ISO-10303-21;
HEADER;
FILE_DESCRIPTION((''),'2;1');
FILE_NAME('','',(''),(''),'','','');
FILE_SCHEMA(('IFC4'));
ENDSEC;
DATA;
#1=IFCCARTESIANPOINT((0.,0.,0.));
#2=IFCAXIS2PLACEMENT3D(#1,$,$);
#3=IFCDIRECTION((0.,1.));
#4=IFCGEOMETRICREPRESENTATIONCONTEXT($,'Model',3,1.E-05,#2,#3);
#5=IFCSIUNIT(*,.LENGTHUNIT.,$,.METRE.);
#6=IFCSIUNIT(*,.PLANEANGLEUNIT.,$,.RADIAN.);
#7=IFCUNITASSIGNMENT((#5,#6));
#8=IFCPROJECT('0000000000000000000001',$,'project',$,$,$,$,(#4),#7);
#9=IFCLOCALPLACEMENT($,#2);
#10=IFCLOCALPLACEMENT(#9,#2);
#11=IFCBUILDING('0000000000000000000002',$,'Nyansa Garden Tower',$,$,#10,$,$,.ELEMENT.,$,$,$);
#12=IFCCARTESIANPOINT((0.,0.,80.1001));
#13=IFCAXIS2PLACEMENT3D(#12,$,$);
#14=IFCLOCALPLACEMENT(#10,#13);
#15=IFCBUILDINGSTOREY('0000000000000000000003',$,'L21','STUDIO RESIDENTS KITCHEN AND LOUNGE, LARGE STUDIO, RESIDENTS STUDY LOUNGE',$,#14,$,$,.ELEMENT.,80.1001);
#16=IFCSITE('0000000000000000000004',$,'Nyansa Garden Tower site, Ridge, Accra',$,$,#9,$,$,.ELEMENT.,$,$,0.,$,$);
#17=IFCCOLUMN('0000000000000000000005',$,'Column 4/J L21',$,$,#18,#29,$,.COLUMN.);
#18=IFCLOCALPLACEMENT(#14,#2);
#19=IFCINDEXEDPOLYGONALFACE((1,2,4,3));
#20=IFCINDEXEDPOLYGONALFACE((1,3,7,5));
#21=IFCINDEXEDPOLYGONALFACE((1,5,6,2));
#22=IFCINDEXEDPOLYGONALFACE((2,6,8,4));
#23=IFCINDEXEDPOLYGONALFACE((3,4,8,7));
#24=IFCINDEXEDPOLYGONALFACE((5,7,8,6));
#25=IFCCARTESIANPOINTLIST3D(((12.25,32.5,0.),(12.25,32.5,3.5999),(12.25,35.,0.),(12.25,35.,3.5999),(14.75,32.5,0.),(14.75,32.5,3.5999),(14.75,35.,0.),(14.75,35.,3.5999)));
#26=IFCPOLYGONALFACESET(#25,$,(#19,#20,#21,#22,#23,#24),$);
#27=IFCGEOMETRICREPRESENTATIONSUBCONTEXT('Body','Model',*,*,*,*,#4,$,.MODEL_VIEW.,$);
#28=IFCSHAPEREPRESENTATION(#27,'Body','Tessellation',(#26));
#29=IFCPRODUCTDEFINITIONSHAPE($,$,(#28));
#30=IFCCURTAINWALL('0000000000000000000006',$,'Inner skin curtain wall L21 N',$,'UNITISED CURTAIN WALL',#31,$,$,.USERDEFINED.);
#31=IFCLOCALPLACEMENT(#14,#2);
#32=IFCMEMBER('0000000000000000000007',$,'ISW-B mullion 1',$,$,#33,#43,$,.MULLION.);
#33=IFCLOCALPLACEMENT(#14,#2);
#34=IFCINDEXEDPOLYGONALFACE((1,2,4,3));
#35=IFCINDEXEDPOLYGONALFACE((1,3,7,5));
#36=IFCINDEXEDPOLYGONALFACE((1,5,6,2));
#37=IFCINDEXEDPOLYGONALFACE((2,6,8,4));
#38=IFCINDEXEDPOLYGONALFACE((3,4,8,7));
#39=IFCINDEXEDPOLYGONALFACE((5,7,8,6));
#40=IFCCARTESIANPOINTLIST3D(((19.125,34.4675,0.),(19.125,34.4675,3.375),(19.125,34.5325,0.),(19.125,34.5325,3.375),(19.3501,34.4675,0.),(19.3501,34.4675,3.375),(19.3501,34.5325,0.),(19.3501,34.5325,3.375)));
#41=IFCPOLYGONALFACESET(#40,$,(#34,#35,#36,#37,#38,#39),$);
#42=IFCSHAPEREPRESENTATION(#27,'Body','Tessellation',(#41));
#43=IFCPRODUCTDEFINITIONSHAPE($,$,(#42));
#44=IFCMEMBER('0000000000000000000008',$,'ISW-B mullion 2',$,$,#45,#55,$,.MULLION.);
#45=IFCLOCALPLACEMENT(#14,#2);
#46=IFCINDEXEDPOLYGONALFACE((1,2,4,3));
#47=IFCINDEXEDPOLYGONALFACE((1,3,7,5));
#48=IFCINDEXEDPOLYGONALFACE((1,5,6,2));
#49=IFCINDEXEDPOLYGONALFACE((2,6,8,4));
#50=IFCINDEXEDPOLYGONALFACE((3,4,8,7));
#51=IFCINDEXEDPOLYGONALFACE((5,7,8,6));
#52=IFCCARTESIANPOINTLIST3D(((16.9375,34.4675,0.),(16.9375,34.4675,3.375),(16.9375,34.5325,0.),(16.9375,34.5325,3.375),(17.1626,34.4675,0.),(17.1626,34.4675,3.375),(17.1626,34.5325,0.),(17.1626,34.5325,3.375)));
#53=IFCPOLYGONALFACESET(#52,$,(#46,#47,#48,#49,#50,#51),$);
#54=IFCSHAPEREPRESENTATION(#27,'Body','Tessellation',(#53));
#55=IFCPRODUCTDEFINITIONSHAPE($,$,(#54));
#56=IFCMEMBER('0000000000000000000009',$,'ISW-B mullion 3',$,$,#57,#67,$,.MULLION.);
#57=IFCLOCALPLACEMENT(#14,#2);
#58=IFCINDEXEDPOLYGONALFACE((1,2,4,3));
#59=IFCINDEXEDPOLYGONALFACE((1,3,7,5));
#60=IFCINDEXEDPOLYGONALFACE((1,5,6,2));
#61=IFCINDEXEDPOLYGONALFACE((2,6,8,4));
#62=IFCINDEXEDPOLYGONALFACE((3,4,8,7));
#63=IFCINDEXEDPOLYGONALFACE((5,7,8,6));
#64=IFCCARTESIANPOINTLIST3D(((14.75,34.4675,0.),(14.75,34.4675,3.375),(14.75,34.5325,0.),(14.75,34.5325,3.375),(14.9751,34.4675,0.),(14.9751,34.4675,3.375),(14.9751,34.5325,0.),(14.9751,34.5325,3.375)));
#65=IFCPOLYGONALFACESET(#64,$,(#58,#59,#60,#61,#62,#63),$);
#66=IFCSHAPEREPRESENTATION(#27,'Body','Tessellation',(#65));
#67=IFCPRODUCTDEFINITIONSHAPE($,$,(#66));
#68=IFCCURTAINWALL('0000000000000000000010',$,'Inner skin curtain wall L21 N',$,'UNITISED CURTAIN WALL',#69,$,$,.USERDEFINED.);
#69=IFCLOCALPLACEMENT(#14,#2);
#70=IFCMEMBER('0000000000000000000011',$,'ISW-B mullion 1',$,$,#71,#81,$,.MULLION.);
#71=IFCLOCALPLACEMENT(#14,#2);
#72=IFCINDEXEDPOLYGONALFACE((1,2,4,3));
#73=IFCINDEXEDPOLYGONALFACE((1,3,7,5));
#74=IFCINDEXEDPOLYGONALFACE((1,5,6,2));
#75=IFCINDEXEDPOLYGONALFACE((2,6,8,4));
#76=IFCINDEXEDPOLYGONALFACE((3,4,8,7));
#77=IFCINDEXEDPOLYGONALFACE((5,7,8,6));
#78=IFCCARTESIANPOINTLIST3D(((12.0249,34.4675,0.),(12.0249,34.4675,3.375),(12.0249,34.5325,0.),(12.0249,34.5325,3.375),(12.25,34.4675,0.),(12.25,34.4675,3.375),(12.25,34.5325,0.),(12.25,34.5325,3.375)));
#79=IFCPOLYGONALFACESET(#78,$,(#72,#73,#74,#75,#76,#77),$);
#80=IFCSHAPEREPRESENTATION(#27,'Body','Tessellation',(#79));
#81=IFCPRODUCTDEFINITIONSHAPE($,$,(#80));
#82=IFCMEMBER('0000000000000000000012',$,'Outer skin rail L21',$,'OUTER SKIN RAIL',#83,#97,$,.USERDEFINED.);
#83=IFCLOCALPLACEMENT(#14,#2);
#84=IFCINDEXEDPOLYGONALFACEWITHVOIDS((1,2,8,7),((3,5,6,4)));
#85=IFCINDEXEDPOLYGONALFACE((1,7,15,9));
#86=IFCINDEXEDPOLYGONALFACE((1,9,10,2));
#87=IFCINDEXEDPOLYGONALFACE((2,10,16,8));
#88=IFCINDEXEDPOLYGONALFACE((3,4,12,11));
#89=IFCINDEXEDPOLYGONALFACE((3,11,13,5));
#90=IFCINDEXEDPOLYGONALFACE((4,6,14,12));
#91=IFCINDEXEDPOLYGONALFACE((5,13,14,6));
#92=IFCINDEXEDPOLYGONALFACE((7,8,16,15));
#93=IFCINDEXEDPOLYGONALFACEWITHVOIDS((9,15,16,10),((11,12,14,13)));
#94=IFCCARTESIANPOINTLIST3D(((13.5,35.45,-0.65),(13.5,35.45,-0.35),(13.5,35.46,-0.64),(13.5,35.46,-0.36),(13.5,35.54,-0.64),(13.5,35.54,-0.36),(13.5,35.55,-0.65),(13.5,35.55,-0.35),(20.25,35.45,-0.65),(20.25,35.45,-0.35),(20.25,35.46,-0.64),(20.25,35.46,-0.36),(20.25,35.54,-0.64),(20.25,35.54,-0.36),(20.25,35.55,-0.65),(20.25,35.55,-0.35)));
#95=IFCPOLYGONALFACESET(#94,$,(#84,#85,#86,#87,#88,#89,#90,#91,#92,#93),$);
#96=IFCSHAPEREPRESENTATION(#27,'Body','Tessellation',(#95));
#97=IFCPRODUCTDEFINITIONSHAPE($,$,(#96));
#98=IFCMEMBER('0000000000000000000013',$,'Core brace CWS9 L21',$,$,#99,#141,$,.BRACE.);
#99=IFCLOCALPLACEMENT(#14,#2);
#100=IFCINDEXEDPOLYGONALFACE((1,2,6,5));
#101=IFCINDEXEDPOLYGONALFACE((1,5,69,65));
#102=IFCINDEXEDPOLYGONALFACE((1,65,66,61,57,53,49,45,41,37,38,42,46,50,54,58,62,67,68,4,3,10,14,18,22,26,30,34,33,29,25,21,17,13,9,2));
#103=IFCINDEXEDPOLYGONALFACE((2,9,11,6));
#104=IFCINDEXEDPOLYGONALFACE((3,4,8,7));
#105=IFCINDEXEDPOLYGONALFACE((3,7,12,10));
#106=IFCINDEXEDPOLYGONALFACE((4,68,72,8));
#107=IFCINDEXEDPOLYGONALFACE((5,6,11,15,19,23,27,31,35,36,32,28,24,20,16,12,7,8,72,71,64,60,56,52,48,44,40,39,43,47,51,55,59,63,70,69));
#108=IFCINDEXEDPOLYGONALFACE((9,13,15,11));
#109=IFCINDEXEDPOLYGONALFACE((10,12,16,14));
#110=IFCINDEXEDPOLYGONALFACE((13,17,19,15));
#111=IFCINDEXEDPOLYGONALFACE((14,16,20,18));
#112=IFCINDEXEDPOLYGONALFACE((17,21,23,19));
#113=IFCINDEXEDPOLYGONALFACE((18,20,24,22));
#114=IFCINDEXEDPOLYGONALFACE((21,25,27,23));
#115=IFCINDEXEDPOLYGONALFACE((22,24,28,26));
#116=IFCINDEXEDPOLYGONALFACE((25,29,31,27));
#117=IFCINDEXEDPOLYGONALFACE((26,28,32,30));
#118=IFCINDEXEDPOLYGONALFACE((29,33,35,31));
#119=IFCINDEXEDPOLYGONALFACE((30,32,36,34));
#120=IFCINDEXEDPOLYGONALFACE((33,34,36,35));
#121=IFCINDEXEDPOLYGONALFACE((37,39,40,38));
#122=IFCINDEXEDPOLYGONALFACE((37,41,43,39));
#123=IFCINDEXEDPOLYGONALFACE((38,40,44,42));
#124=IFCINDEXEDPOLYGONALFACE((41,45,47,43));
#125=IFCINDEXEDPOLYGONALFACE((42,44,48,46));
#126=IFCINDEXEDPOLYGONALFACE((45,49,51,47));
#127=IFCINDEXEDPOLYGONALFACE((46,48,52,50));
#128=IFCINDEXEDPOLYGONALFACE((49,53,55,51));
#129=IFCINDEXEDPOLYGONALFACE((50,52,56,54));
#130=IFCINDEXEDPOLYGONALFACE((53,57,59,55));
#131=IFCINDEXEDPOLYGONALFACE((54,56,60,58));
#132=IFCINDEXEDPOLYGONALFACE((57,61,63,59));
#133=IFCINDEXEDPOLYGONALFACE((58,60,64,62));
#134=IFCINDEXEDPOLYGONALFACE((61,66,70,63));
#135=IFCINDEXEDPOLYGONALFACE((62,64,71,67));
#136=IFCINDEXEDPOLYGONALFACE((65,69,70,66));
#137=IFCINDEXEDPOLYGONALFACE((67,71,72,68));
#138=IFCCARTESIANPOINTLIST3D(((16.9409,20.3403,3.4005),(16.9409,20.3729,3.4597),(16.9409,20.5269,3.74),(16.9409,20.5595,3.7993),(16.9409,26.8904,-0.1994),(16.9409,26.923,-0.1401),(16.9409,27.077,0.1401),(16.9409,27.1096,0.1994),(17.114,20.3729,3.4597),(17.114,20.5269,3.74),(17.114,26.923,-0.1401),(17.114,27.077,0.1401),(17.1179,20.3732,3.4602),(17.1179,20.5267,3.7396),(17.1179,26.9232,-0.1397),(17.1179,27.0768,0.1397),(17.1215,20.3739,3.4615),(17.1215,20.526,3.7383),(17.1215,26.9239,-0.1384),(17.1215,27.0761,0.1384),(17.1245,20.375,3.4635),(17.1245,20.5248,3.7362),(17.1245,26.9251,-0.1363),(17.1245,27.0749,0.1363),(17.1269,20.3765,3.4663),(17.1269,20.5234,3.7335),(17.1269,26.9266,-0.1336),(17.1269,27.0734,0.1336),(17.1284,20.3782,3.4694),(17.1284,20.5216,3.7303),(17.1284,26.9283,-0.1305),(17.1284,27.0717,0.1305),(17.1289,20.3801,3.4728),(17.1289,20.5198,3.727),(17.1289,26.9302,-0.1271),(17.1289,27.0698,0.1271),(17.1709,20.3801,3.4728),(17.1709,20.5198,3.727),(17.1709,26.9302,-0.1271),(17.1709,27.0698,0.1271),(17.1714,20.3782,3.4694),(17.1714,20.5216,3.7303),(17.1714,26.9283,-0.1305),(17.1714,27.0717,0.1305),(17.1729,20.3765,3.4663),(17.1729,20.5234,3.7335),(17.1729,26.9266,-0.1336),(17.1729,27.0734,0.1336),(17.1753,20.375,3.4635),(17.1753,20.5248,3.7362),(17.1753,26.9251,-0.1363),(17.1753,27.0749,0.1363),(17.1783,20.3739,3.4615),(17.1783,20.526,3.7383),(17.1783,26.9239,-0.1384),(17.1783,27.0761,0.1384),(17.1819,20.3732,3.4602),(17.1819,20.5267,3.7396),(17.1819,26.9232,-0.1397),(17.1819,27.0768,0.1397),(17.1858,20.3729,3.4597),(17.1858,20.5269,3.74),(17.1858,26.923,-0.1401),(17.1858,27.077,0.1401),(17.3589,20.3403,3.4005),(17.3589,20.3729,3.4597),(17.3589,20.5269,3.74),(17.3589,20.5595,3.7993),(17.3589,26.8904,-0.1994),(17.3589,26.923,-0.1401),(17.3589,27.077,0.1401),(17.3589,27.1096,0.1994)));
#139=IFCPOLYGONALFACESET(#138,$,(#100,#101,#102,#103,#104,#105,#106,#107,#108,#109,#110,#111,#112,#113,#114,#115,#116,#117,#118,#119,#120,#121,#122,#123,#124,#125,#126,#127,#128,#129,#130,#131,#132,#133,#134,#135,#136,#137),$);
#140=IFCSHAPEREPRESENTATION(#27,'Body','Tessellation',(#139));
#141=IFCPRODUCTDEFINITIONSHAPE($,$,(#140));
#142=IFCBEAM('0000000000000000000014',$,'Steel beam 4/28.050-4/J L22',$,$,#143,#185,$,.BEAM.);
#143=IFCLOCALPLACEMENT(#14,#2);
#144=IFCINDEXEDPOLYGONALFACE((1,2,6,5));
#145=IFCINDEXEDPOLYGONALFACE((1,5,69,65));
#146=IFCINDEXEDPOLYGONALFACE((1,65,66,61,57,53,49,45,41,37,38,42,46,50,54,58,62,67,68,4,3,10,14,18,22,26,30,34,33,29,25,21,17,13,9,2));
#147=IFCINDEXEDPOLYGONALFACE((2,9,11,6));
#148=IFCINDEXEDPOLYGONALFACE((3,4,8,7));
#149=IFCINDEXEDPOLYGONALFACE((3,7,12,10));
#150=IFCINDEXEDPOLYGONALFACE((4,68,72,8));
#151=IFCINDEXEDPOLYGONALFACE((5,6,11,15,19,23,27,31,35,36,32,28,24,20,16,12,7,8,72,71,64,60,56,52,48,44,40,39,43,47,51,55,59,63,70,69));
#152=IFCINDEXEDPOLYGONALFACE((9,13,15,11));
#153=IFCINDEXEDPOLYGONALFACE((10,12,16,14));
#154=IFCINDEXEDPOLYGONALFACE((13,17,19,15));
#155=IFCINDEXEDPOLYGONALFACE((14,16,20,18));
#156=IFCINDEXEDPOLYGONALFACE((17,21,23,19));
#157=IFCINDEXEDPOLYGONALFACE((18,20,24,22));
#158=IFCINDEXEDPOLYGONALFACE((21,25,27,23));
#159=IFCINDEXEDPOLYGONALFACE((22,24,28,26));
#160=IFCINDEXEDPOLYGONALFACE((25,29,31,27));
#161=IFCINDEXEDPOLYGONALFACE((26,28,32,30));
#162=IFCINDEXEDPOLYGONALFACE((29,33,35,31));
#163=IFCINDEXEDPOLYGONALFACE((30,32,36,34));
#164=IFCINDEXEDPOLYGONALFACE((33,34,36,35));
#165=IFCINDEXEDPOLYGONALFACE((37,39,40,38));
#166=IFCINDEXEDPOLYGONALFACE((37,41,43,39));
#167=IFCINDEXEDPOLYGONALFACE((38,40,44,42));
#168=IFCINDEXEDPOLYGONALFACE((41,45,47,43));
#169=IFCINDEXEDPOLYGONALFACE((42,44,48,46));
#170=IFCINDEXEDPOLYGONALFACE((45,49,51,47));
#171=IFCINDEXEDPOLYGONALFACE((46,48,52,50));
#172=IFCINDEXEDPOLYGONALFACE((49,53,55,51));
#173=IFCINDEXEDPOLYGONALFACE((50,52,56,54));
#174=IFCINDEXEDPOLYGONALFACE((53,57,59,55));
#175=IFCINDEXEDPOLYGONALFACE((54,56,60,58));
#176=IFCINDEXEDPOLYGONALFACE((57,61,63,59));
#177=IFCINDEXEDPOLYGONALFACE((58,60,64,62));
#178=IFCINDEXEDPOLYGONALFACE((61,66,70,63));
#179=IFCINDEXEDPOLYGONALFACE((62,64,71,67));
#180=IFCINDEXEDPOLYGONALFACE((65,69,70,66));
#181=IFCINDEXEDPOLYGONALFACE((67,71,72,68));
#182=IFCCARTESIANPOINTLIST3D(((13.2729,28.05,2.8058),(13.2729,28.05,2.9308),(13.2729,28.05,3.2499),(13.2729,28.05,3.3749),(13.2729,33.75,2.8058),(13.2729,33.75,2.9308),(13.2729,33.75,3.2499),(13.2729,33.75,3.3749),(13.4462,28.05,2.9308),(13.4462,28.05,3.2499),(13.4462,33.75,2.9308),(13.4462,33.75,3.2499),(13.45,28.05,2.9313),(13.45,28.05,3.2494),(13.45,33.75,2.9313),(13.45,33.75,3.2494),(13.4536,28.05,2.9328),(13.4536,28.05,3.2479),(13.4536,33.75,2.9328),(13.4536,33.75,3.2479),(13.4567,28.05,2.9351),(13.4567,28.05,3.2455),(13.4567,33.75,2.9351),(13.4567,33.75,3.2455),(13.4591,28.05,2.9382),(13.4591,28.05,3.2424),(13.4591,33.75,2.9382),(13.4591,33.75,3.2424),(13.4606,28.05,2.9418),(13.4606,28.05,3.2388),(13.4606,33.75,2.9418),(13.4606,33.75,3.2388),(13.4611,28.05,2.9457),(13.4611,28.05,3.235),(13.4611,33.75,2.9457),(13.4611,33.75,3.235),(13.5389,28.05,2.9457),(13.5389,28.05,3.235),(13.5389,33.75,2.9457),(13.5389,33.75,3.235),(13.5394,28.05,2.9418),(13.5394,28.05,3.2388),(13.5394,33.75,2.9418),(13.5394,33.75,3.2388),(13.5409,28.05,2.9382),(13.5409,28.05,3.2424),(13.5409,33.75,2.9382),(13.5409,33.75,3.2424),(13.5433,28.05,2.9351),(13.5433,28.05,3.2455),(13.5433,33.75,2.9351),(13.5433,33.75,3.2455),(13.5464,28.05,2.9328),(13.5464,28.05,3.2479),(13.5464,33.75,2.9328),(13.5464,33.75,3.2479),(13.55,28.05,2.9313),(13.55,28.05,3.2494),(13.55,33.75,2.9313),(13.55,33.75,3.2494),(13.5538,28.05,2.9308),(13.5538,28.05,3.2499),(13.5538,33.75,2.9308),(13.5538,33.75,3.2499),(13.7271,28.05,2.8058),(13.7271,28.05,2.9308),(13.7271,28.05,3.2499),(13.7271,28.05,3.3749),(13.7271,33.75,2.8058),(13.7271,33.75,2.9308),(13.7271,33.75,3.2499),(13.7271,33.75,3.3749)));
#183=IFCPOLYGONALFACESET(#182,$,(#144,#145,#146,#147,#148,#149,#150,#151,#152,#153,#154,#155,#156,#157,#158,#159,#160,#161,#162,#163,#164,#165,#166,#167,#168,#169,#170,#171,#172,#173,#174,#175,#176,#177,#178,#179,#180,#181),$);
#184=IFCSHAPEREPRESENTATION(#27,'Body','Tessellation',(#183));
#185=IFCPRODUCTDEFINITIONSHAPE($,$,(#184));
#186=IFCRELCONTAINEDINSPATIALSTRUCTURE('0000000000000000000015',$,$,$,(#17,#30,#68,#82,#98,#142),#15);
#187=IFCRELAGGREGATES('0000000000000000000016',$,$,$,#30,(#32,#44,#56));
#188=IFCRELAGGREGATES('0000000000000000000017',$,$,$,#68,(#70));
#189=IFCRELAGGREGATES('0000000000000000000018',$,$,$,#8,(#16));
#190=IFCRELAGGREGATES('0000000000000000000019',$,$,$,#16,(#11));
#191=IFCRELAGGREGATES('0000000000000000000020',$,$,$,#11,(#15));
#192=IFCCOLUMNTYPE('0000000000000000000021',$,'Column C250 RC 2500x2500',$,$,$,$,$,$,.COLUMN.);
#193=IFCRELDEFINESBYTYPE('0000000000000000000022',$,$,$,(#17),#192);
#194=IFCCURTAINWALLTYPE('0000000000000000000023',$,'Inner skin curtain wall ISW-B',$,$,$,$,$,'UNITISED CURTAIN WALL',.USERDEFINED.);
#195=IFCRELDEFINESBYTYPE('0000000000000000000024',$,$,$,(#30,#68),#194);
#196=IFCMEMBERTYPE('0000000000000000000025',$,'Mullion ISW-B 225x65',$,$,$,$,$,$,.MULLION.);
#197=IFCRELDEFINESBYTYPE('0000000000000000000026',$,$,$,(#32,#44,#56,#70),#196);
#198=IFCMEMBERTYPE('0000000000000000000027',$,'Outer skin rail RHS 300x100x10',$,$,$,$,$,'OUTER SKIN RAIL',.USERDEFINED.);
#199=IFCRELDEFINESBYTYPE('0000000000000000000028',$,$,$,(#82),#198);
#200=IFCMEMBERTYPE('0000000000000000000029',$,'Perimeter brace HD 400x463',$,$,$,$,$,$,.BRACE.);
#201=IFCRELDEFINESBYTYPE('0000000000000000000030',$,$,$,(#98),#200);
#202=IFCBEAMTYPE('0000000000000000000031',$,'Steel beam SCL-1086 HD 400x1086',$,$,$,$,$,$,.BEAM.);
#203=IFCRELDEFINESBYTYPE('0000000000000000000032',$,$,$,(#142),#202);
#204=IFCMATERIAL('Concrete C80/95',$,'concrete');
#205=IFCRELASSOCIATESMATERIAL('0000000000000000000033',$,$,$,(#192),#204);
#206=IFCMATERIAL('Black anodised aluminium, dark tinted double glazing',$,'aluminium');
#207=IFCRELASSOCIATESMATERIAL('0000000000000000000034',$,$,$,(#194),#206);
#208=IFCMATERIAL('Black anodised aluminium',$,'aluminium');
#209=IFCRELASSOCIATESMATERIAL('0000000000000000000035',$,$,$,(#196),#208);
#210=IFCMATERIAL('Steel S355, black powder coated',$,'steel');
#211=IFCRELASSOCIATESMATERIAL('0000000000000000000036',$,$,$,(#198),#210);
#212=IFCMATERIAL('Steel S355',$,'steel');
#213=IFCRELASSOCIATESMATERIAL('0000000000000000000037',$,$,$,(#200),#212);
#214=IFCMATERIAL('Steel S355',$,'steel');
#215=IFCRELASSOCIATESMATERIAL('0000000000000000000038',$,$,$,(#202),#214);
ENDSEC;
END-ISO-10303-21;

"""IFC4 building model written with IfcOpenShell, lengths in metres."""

from ifc_helpers import new_model, si_unit, direction, frame, origin, origin_2d, place, context, subcontext, project, spatial, rectangle, hollow_rectangle, i_section, extrude, material, material_profile, profile_set, type_object, element, aggregate, save


model = new_model("IFC4")

# Units and contexts
model_context = context("Model", 3, precision=1e-05, world=origin(), true_north=direction((0.0, 1.0)))
body_context = subcontext(model_context, "Body", "Model", "MODEL_VIEW")
ifc_project = project(units=[si_unit("LENGTHUNIT", "METRE"), si_unit("PLANEANGLEUNIT", "RADIAN")], contexts=[model_context])

# Site, building, storey
site_placement = place(None, origin())
site = spatial("IfcSite", under=ifc_project, at=site_placement, Name="Nyansa Garden Tower site, Ridge, Accra", CompositionType="ELEMENT", RefElevation=0.0)
building_placement = place(site_placement, origin())
building = spatial("IfcBuilding", under=site, at=building_placement, Name="Nyansa Garden Tower", CompositionType="ELEMENT")
storey_placement = place(building_placement, frame((0.0, 0.0, 80.1001)))
storey = spatial("IfcBuildingStorey", under=building, at=storey_placement, Name="L21", Description="STUDIO RESIDENTS KITCHEN AND LOUNGE, LARGE STUDIO, RESIDENTS STUDY LOUNGE", CompositionType="ELEMENT", Elevation=80.1001)

# Column
ifc_material_1 = material(Name="Concrete C80/95", Category="concrete")
ifc_material_profile_1 = material_profile(ifc_material_1, rectangle(XDim=2.5, YDim=2.5, at=origin_2d()), Name="RC 2500x2500")
ifc_profile_set_1 = profile_set([ifc_material_profile_1], Name="Concrete C80/95")
column_type = type_object("IfcColumnType", Name="Column C250 RC 2500x2500", PredefinedType="COLUMN", material=ifc_profile_set_1)
column_placement = place(storey_placement, frame((13.5, 33.75, 0.0), z_axis=(0.0, 0.0, 1.0), x_axis=(1.0, 0.0, 0.0)))
element("IfcColumn", 1, at=column_placement, inside=storey, type_object=column_type, Name="Column 4/J L21", PredefinedType="COLUMN", context=body_context, shape_type="SweptSolid", body=[
    extrude(rectangle(XDim=2.5, YDim=2.5, at=origin_2d()), origin(), (0.0, 0.0, 1.0), 3.5999),
])

# Curtain wall, members
ifc_material_2 = material(Name="Black anodised aluminium, dark tinted double glazing", Category="aluminium")
curtain_wall_type = type_object("IfcCurtainWallType", Name="Inner skin curtain wall ISW-B", ElementType="UNITISED CURTAIN WALL", PredefinedType="USERDEFINED", material=ifc_material_2)
curtain_wall_1_placement = place(storey_placement, origin())
curtain_wall_1 = element("IfcCurtainWall", 2, at=curtain_wall_1_placement, inside=storey, type_object=curtain_wall_type, Name="Inner skin curtain wall L21 N", ObjectType="UNITISED CURTAIN WALL", PredefinedType="USERDEFINED")
ifc_material_3 = material(Name="Black anodised aluminium", Category="aluminium")
ifc_material_profile_2 = material_profile(ifc_material_3, rectangle(XDim=0.0649, YDim=0.2251, at=origin_2d()), Name="Mullion 225x65")
ifc_profile_set_2 = profile_set([ifc_material_profile_2], Name="Black anodised aluminium")
member_type_1 = type_object("IfcMemberType", Name="Mullion ISW-B 225x65", PredefinedType="MULLION", material=ifc_profile_set_2)
member_1_placement = place(storey_placement, frame((19.2375, 34.5, 0.0), z_axis=(0.0, 0.0, 1.0), x_axis=(0.0, -1.0, 0.0)))
member_1 = element("IfcMember", 3, at=member_1_placement, type_object=member_type_1, Name="ISW-B mullion 1", PredefinedType="MULLION", context=body_context, shape_type="SweptSolid", body=[
    extrude(rectangle(XDim=0.0649, YDim=0.2251, at=origin_2d()), origin(), (0.0, 0.0, 1.0), 3.375),
])
member_2_placement = place(storey_placement, frame((17.05, 34.5, 0.0), z_axis=(0.0, 0.0, 1.0), x_axis=(0.0, -1.0, 0.0)))
member_2 = element("IfcMember", 4, at=member_2_placement, type_object=member_type_1, Name="ISW-B mullion 2", PredefinedType="MULLION", context=body_context, shape_type="SweptSolid", body=[
    extrude(rectangle(XDim=0.0649, YDim=0.2251, at=origin_2d()), origin(), (0.0, 0.0, 1.0), 3.375),
])
member_3_placement = place(storey_placement, frame((14.8625, 34.5, 0.0), z_axis=(0.0, 0.0, 1.0), x_axis=(0.0, -1.0, 0.0)))
member_3 = element("IfcMember", 5, at=member_3_placement, type_object=member_type_1, Name="ISW-B mullion 3", PredefinedType="MULLION", context=body_context, shape_type="SweptSolid", body=[
    extrude(rectangle(XDim=0.0649, YDim=0.2251, at=origin_2d()), origin(), (0.0, 0.0, 1.0), 3.375),
])

# Curtain wall, member
curtain_wall_2_placement = place(storey_placement, origin())
curtain_wall_2 = element("IfcCurtainWall", 6, at=curtain_wall_2_placement, inside=storey, type_object=curtain_wall_type, Name="Inner skin curtain wall L21 N", ObjectType="UNITISED CURTAIN WALL", PredefinedType="USERDEFINED")
member_4_placement = place(storey_placement, frame((12.1375, 34.5, 0.0), z_axis=(0.0, 0.0, 1.0), x_axis=(0.0, -1.0, 0.0)))
member_4 = element("IfcMember", 7, at=member_4_placement, type_object=member_type_1, Name="ISW-B mullion 1", PredefinedType="MULLION", context=body_context, shape_type="SweptSolid", body=[
    extrude(rectangle(XDim=0.0649, YDim=0.2251, at=origin_2d()), origin(), (0.0, 0.0, 1.0), 3.375),
])

# Members
ifc_material_4 = material(Name="Steel S355, black powder coated", Category="steel")
ifc_material_profile_3 = material_profile(ifc_material_4, hollow_rectangle(XDim=0.1001, YDim=0.3, WallThickness=0.01, at=origin_2d()), Name="RHS 300x100x10")
ifc_profile_set_3 = profile_set([ifc_material_profile_3], Name="Steel S355, black powder coated")
member_type_2 = type_object("IfcMemberType", Name="Outer skin rail RHS 300x100x10", ElementType="OUTER SKIN RAIL", PredefinedType="USERDEFINED", material=ifc_profile_set_3)
member_5_placement = place(storey_placement, frame((13.5, 35.5, -0.5), z_axis=(1.0, 0.0, 0.0), x_axis=(0.0, 1.0, 0.0)))
element("IfcMember", 8, at=member_5_placement, inside=storey, type_object=member_type_2, Name="Outer skin rail L21", ObjectType="OUTER SKIN RAIL", PredefinedType="USERDEFINED", context=body_context, shape_type="SweptSolid", body=[
    extrude(hollow_rectangle(XDim=0.1001, YDim=0.3, WallThickness=0.01, at=origin_2d()), origin(), (0.0, 0.0, 1.0), 6.75),
])
ifc_material_5 = material(Name="Steel S355", Category="steel")
ifc_material_profile_4 = material_profile(ifc_material_5, i_section(OverallWidth=0.418, OverallDepth=0.4551, WebThickness=0.042, FlangeThickness=0.0676, FilletRadius=0.0149, at=origin_2d()), Name="HD 400x463")
ifc_profile_set_4 = profile_set([ifc_material_profile_4], Name="Steel S355")
member_type_3 = type_object("IfcMemberType", Name="Perimeter brace HD 400x463", PredefinedType="BRACE", material=ifc_profile_set_4)
member_6_placement = place(storey_placement, frame((17.1499, 27.0, 0.0), z_axis=(0.0, -0.876367, 0.481644), x_axis=(1.0, 0.0, 0.0)))
element("IfcMember", 9, at=member_6_placement, inside=storey, type_object=member_type_3, Name="Core brace CWS9 L21", PredefinedType="BRACE", context=body_context, shape_type="SweptSolid", body=[
    extrude(i_section(OverallWidth=0.418, OverallDepth=0.4551, WebThickness=0.042, FlangeThickness=0.0676, FilletRadius=0.0149, at=origin_2d()), origin(), (0.0, 0.0, 1.0), 7.4741),
])

# Beam
ifc_material_6 = material(Name="Steel S355", Category="steel")
ifc_material_profile_5 = material_profile(ifc_material_6, i_section(OverallWidth=0.4541, OverallDepth=0.5691, WebThickness=0.0779, FlangeThickness=0.125, FilletRadius=0.0149, at=origin_2d()), Name="HD 400x1086")
ifc_profile_set_5 = profile_set([ifc_material_profile_5], Name="Steel S355")
beam_type_1 = type_object("IfcBeamType", Name="Steel beam SCL-1086 HD 400x1086", PredefinedType="BEAM", material=ifc_profile_set_5)
beam_1_placement = place(storey_placement, frame((13.5, 28.05, 3.0903), z_axis=(0.0, 1.0, 0.0), x_axis=(-1.0, 0.0, 0.0)))
element("IfcBeam", 10, at=beam_1_placement, inside=storey, type_object=beam_type_1, Name="Steel beam 4/28.050-4/J L22", PredefinedType="BEAM", context=body_context, shape_type="SweptSolid", body=[
    extrude(i_section(OverallWidth=0.4541, OverallDepth=0.5691, WebThickness=0.0779, FlangeThickness=0.125, FilletRadius=0.0149, at=origin_2d()), origin(), (0.0, 0.0, 1.0), 5.7),
])

aggregate(curtain_wall_1, [member_1, member_2, member_3])
aggregate(curtain_wall_2, [member_4])

save(model, "model.ifc")
